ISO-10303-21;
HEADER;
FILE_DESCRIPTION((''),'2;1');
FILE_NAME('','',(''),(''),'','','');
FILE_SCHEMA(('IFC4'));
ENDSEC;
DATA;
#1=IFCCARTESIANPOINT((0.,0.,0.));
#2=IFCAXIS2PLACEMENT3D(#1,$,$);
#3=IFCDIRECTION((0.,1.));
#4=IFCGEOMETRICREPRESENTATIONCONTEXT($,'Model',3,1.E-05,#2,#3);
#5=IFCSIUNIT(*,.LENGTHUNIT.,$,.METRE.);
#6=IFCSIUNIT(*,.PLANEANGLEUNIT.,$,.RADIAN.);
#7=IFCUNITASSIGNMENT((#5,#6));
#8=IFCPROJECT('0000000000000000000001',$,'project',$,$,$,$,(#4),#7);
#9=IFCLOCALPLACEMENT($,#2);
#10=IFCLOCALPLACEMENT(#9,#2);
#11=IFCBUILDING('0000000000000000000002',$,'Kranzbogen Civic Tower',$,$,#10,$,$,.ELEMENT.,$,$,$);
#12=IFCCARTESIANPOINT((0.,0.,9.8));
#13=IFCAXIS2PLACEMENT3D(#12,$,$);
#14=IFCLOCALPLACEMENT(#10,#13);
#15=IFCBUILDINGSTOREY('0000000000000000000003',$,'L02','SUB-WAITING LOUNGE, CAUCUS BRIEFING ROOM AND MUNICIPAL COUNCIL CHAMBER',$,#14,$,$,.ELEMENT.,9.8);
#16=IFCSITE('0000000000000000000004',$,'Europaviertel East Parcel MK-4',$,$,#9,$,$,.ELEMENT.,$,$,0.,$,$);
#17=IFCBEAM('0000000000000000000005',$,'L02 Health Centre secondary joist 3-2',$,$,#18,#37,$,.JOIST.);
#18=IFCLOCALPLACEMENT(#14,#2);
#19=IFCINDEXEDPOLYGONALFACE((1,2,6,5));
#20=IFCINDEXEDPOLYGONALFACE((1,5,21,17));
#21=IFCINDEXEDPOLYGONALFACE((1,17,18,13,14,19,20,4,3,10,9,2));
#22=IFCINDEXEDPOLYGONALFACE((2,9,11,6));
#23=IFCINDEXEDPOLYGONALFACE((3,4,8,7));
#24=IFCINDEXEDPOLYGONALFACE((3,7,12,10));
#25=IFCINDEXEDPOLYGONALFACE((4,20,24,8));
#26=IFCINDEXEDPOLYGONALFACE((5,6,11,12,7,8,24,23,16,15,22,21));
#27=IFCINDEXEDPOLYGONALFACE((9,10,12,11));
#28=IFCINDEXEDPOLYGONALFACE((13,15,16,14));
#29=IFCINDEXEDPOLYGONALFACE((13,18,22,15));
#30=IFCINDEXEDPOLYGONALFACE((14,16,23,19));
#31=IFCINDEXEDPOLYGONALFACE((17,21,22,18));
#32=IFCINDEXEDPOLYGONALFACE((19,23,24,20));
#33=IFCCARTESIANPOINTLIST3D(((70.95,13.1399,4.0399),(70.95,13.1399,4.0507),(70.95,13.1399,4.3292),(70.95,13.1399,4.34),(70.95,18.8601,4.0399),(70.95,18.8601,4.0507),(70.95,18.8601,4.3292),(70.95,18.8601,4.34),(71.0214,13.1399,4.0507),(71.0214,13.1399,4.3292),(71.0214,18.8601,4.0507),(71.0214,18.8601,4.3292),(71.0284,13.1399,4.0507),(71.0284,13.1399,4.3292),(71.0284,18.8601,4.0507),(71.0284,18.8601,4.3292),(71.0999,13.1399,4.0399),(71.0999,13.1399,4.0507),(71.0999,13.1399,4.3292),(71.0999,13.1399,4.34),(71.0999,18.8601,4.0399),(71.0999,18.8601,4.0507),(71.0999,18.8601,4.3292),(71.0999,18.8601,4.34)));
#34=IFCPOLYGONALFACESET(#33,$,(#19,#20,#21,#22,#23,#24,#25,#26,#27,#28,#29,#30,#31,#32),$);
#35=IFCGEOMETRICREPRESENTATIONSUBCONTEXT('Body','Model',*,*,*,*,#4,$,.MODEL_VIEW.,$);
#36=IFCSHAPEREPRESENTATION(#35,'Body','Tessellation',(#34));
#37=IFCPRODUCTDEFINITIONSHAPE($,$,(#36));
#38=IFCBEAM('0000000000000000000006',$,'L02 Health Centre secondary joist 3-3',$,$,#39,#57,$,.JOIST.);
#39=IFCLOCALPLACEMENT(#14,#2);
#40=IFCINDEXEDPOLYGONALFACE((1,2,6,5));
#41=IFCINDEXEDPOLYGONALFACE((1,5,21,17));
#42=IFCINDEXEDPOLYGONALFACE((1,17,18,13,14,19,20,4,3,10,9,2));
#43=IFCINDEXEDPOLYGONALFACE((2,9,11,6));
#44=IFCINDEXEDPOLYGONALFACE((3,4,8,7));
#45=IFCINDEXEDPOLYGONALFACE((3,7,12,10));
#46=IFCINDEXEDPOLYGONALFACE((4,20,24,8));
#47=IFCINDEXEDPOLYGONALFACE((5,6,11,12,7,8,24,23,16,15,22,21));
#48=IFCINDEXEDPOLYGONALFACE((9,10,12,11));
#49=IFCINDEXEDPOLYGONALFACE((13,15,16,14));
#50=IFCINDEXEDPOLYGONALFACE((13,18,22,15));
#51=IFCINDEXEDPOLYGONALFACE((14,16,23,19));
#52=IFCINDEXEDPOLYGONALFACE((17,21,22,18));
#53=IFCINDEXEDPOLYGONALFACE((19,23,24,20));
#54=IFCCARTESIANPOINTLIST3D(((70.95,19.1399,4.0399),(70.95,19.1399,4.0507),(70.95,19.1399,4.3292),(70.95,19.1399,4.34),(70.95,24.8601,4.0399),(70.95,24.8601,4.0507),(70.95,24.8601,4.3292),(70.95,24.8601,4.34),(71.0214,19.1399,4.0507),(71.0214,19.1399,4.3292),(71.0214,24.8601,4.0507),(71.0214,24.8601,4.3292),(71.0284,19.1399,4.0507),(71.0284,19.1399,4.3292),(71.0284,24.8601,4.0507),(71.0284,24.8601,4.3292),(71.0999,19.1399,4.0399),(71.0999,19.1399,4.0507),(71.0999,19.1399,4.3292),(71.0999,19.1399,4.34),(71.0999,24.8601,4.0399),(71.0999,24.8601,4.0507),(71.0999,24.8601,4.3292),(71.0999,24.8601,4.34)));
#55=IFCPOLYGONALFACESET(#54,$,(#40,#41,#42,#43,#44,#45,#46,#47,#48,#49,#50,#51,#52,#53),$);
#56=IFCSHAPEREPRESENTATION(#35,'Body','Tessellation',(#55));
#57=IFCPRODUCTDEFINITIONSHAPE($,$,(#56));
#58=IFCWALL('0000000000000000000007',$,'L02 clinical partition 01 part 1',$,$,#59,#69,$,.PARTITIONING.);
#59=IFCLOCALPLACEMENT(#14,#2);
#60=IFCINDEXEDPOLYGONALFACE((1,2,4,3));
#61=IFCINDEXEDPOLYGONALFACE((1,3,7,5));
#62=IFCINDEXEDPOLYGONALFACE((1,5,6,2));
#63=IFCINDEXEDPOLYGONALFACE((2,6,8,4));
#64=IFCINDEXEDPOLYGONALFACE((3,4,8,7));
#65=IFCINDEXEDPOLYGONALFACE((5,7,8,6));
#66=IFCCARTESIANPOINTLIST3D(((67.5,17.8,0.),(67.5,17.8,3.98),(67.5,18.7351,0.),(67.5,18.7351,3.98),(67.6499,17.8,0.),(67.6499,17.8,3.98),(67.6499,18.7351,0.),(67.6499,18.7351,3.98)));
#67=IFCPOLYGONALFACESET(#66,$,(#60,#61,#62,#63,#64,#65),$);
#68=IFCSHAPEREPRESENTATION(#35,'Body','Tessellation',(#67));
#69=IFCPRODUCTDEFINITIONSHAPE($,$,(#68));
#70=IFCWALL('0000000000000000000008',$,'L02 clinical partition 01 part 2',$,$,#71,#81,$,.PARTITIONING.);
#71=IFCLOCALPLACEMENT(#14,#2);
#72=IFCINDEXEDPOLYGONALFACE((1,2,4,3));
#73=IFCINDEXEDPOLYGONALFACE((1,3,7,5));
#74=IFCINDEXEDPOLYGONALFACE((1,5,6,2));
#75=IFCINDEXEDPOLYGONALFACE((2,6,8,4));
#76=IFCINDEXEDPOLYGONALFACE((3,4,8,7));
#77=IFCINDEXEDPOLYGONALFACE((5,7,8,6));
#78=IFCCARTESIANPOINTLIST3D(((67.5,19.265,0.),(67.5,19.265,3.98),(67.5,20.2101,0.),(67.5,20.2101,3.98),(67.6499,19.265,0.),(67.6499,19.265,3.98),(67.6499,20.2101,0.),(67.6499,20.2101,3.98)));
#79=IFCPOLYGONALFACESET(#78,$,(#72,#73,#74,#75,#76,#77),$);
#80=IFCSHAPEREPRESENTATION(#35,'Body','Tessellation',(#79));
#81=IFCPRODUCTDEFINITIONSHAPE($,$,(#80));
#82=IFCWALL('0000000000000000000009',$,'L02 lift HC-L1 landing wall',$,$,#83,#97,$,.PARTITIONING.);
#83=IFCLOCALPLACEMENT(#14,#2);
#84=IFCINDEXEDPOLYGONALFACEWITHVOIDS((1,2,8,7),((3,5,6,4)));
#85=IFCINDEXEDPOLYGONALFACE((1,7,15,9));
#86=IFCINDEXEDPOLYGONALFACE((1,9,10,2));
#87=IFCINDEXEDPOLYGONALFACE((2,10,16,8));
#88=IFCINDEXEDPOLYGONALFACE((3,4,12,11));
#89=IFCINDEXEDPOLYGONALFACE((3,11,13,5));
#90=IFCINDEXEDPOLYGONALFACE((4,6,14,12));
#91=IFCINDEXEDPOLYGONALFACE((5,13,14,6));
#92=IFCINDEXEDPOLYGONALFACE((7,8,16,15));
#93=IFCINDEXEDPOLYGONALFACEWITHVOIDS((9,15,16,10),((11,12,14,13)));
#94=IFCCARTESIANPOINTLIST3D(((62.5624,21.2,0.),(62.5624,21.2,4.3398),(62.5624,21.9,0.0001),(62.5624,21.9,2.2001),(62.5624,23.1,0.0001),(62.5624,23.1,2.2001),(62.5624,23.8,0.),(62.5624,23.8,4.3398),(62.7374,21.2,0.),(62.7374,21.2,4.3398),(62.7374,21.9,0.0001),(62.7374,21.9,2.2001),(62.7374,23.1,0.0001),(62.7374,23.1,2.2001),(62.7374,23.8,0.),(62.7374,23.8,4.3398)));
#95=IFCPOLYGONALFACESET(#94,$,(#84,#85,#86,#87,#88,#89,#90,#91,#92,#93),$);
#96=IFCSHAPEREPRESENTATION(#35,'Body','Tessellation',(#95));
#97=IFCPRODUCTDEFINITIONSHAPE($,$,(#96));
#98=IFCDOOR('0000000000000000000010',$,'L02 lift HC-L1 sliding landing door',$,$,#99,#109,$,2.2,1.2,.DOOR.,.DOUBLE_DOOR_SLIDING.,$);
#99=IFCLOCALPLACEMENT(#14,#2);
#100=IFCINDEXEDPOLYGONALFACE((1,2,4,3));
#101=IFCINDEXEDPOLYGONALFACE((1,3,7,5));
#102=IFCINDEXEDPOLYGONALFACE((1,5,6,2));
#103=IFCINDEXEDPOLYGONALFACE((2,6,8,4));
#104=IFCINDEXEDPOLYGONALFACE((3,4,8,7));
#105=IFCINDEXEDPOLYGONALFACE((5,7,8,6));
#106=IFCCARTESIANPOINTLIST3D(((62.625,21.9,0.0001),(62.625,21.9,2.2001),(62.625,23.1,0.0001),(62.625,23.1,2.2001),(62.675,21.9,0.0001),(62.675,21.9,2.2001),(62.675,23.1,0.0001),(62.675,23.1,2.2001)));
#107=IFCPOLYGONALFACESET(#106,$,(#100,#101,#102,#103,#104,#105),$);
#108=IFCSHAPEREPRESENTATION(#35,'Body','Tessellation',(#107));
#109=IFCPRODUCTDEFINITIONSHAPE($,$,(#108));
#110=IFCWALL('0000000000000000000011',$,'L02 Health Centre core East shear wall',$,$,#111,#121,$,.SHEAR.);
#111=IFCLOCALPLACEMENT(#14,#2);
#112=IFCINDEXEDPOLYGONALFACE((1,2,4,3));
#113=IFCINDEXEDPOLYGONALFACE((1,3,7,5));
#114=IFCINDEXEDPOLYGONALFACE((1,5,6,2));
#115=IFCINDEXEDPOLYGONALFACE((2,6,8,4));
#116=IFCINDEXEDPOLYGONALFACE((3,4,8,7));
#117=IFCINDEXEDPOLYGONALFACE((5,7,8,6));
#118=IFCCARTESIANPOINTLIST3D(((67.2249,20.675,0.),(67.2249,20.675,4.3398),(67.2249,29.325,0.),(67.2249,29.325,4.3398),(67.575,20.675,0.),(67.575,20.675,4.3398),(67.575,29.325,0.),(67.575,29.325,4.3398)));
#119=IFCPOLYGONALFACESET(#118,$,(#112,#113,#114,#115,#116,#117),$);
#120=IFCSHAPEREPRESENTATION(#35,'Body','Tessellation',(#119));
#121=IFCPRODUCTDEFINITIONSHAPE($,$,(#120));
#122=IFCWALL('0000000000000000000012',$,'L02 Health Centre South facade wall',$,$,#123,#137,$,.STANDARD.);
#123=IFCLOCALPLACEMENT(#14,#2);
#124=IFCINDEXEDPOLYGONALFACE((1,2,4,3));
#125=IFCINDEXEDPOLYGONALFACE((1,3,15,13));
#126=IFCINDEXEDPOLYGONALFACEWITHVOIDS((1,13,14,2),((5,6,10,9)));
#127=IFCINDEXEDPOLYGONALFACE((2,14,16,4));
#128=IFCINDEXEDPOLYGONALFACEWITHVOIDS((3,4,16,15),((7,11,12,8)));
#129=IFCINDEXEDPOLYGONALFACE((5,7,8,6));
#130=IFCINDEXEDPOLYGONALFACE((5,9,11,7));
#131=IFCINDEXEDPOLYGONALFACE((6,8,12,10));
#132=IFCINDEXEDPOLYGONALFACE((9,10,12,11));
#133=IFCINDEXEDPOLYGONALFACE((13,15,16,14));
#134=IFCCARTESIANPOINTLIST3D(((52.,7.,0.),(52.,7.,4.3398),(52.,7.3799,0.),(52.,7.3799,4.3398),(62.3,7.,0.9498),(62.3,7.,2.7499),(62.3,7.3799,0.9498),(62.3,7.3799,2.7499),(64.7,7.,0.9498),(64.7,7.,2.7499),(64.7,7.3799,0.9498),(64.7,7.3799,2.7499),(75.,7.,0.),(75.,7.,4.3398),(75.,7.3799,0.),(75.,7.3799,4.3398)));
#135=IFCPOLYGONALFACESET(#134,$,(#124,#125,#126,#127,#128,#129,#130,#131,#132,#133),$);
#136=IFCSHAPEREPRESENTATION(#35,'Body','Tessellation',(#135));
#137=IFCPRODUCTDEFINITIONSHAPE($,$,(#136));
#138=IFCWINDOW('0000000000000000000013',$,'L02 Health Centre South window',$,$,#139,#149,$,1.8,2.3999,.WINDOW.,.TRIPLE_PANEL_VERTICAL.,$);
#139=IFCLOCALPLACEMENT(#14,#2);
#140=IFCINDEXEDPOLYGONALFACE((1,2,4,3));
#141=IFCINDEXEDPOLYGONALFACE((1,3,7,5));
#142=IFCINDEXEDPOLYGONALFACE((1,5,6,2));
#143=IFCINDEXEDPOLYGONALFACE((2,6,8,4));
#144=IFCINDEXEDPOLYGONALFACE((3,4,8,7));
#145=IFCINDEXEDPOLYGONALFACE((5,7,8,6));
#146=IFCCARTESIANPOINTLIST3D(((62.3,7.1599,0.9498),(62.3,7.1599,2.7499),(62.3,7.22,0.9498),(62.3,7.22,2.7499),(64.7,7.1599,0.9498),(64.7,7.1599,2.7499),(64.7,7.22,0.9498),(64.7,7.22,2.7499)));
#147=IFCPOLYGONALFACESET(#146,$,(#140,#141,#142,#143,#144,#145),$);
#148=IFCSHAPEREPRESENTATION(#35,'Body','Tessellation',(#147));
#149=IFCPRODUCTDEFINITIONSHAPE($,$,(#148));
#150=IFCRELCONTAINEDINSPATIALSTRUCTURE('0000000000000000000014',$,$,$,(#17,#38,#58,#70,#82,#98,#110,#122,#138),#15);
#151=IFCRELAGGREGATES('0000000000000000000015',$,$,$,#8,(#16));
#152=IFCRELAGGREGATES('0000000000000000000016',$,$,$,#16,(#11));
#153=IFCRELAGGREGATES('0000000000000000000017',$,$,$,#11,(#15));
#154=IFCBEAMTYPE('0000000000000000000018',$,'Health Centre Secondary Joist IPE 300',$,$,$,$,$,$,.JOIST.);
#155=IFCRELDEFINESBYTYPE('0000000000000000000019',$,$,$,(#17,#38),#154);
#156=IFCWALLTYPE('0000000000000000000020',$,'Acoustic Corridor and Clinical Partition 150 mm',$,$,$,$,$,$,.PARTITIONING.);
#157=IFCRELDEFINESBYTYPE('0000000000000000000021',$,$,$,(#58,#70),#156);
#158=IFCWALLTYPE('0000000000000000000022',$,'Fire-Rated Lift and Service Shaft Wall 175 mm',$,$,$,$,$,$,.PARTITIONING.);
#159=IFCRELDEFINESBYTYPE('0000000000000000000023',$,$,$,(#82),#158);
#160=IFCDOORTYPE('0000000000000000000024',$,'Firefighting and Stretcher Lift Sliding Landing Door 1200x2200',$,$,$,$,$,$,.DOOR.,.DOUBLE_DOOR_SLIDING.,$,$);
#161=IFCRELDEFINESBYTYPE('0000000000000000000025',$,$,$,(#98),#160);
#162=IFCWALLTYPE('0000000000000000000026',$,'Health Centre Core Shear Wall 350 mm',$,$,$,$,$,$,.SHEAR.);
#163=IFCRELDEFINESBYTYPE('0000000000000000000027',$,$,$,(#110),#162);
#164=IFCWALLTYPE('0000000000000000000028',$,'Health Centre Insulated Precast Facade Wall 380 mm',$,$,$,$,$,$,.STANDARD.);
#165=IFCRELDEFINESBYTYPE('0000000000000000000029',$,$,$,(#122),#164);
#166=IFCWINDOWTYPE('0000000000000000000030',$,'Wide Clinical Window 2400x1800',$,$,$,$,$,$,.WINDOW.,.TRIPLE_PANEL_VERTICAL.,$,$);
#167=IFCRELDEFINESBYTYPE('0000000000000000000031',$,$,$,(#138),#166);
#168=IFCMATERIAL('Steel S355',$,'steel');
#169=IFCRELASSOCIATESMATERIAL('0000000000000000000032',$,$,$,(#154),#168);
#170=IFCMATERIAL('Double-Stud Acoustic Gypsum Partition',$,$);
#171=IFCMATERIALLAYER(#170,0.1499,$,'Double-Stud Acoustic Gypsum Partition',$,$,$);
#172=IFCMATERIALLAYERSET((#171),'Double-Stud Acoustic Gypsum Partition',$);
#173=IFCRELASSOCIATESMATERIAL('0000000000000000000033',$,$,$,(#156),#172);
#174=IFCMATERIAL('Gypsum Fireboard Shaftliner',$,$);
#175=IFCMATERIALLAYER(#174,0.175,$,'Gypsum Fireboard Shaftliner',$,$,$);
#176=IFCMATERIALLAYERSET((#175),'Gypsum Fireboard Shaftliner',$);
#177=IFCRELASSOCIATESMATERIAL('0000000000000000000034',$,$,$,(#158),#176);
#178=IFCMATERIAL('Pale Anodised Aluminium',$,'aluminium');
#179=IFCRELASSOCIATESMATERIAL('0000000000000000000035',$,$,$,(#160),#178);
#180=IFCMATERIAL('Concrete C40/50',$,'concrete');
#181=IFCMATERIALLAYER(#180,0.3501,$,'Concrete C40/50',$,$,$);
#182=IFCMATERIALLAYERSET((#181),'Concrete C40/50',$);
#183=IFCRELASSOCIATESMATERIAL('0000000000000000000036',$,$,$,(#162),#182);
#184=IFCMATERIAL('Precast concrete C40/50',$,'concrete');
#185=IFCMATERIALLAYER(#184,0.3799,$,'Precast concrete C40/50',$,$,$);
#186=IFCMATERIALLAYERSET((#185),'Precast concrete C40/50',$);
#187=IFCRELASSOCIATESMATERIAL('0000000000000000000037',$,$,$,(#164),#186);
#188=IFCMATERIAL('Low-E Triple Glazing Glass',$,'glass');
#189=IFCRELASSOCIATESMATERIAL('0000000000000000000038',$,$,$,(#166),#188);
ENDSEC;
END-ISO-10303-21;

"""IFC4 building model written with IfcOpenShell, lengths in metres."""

from ifc_helpers import new_model, si_unit, direction, frame, frame_2d, origin, origin_2d, place, context, subcontext, project, spatial, rectangle, i_section, extrude, material, layer, layer_set, material_profile, profile_set, type_object, element, fill, save


model = new_model("IFC4")

# Units and contexts
model_context = context("Model", 3, precision=1e-05, world=origin(), true_north=direction((0.0, 1.0)))
body_context = subcontext(model_context, "Body", "Model", "MODEL_VIEW")
ifc_project = project(units=[si_unit("LENGTHUNIT", "METRE"), si_unit("PLANEANGLEUNIT", "RADIAN")], contexts=[model_context])

# Site, building, storey
site_placement = place(None, origin())
site = spatial("IfcSite", under=ifc_project, at=site_placement, Name="Europaviertel East Parcel MK-4", CompositionType="ELEMENT", RefElevation=0.0)
building_placement = place(site_placement, origin())
building = spatial("IfcBuilding", under=site, at=building_placement, Name="Kranzbogen Civic Tower", CompositionType="ELEMENT")
storey_placement = place(building_placement, frame((0.0, 0.0, 9.8)))
storey = spatial("IfcBuildingStorey", under=building, at=storey_placement, Name="L02", Description="SUB-WAITING LOUNGE, CAUCUS BRIEFING ROOM AND MUNICIPAL COUNCIL CHAMBER", CompositionType="ELEMENT", Elevation=9.8)

# Shared definitions
ifc_material_1 = material(Name="Steel S355", Category="steel")
ifc_material_2 = material(Name="Concrete C40/50", Category="concrete")

# Beams
ifc_material_profile_1 = material_profile(ifc_material_1, i_section(OverallWidth=0.1499, OverallDepth=0.3, WebThickness=0.0071, FlangeThickness=0.0107, at=origin_2d()), Name="IPE 300")
ifc_profile_set_1 = profile_set([ifc_material_profile_1], Name="Steel S355")
beam_type_1 = type_object("IfcBeamType", Name="Health Centre Secondary Joist IPE 300", PredefinedType="JOIST", material=ifc_profile_set_1)
for number, where, z_axis, x_axis, name in (
    (1, (71.0249, 13.1399, 4.1899), (0.0, 1.0, 0.0), (-1.0, 0.0, 0.0), "L02 Health Centre secondary joist 3-2"),
    (2, (71.0249, 19.1399, 4.1899), (0.0, 1.0, 0.0), (-1.0, 0.0, 0.0), "L02 Health Centre secondary joist 3-3"),
):
    element("IfcBeam", number, at=place(storey_placement, frame(where, z_axis=z_axis, x_axis=x_axis)), inside=storey, type_object=beam_type_1, Name=name, PredefinedType="JOIST", context=body_context, shape_type="SweptSolid", body=[
        extrude(i_section(OverallWidth=0.1499, OverallDepth=0.3, WebThickness=0.0071, FlangeThickness=0.0107, at=origin_2d()), origin(), (0.0, 0.0, 1.0), 5.7202),
    ])

# Walls
ifc_material_3 = material(Name="Double-Stud Acoustic Gypsum Partition")
ifc_layer_1 = layer(ifc_material_3, 0.1499, Name="Double-Stud Acoustic Gypsum Partition")
ifc_layer_set_1 = layer_set([ifc_layer_1], Name="Double-Stud Acoustic Gypsum Partition")
wall_type_1 = type_object("IfcWallType", Name="Acoustic Corridor and Clinical Partition 150 mm", PredefinedType="PARTITIONING", material=ifc_layer_set_1)
wall_1_placement = place(storey_placement, frame((67.575, 17.8, 0.0), z_axis=(0.0, 0.0, 1.0), x_axis=(0.0, 1.0, 0.0)))
element("IfcWall", 3, at=wall_1_placement, inside=storey, type_object=wall_type_1, Name="L02 clinical partition 01 part 1", PredefinedType="PARTITIONING", context=body_context, shape_type="SweptSolid", body=[
    extrude(rectangle(XDim=0.9351, YDim=0.1499, at=frame_2d((0.4675, 0.0))), origin(), (0.0, 0.0, 1.0), 3.98),
])
wall_2_placement = place(storey_placement, frame((67.575, 19.2649, 0.0), z_axis=(0.0, 0.0, 1.0), x_axis=(0.0, 1.0, 0.0)))
element("IfcWall", 4, at=wall_2_placement, inside=storey, type_object=wall_type_1, Name="L02 clinical partition 01 part 2", PredefinedType="PARTITIONING", context=body_context, shape_type="SweptSolid", body=[
    extrude(rectangle(XDim=0.9451, YDim=0.1499, at=frame_2d((0.4727, 0.0))), origin(), (0.0, 0.0, 1.0), 3.98),
])

# Wall, opening, door
ifc_material_4 = material(Name="Gypsum Fireboard Shaftliner")
ifc_layer_2 = layer(ifc_material_4, 0.175, Name="Gypsum Fireboard Shaftliner")
ifc_layer_set_2 = layer_set([ifc_layer_2], Name="Gypsum Fireboard Shaftliner")
wall_type_2 = type_object("IfcWallType", Name="Fire-Rated Lift and Service Shaft Wall 175 mm", PredefinedType="PARTITIONING", material=ifc_layer_set_2)
wall_3_placement = place(storey_placement, frame((62.6499, 21.2, 0.0), z_axis=(0.0, 0.0, 1.0), x_axis=(0.0, 1.0, 0.0)))
wall_3 = element("IfcWall", 5, at=wall_3_placement, inside=storey, type_object=wall_type_2, Name="L02 lift HC-L1 landing wall", PredefinedType="PARTITIONING", context=body_context, shape_type="SweptSolid", body=[
    extrude(rectangle(XDim=2.6001, YDim=0.175, at=frame_2d((1.3, 0.0))), origin(), (0.0, 0.0, 1.0), 4.3398),
])
opening_1_placement = place(wall_3_placement, frame((0.7, 0.0, 0.0)))
opening_1 = element("IfcOpeningElement", 6, at=opening_1_placement, cuts=wall_3, PredefinedType="OPENING", context=body_context, shape_type="SweptSolid", body=[
    extrude(rectangle(XDim=1.2, YDim=2.2, at=frame_2d((0.6001, 1.1001))), frame((0.0, 0.0977, 0.0), z_axis=(0.0, -1.0, 0.0), x_axis=(1.0, 0.0, 0.0)), (0.0, 0.0, 1.0), 0.1951),
])
ifc_material_5 = material(Name="Pale Anodised Aluminium", Category="aluminium")
door_type = type_object("IfcDoorType", Name="Firefighting and Stretcher Lift Sliding Landing Door 1200x2200", OperationType="DOUBLE_DOOR_SLIDING", PredefinedType="DOOR", material=ifc_material_5)
door_placement = place(opening_1_placement, origin())
door = element("IfcDoor", 7, at=door_placement, inside=storey, type_object=door_type, Name="L02 lift HC-L1 sliding landing door", OperationType="DOUBLE_DOOR_SLIDING", OverallHeight=2.2, OverallWidth=1.2, PredefinedType="DOOR", context=body_context, shape_type="SweptSolid", body=[
    extrude(rectangle(XDim=1.2, YDim=2.2, at=frame_2d((0.6001, 1.1001))), frame((0.0, 0.0249, 0.0), z_axis=(0.0, -1.0, 0.0), x_axis=(1.0, 0.0, 0.0)), (0.0, 0.0, 1.0), 0.05),
])
fill(opening_1, door)

# Wall
ifc_layer_3 = layer(ifc_material_2, 0.3501, Name="Concrete C40/50")
ifc_layer_set_3 = layer_set([ifc_layer_3], Name="Concrete C40/50")
wall_type_3 = type_object("IfcWallType", Name="Health Centre Core Shear Wall 350 mm", PredefinedType="SHEAR", material=ifc_layer_set_3)
wall_4_placement = place(storey_placement, frame((67.3999, 20.675, 0.0), z_axis=(0.0, 0.0, 1.0), x_axis=(0.0, 1.0, 0.0)))
element("IfcWall", 8, at=wall_4_placement, inside=storey, type_object=wall_type_3, Name="L02 Health Centre core East shear wall", PredefinedType="SHEAR", context=body_context, shape_type="SweptSolid", body=[
    extrude(rectangle(XDim=8.6499, YDim=0.3501, at=frame_2d((4.325, 0.0))), origin(), (0.0, 0.0, 1.0), 4.3398),
])

# Wall, opening, window
ifc_material_6 = material(Name="Precast concrete C40/50", Category="concrete")
ifc_layer_4 = layer(ifc_material_6, 0.3799, Name="Precast concrete C40/50")
ifc_layer_set_4 = layer_set([ifc_layer_4], Name="Precast concrete C40/50")
wall_type_4 = type_object("IfcWallType", Name="Health Centre Insulated Precast Facade Wall 380 mm", PredefinedType="STANDARD", material=ifc_layer_set_4)
wall_5_placement = place(storey_placement, frame((75.0, 7.1899, 0.0), z_axis=(0.0, 0.0, 1.0), x_axis=(-1.0, 0.0, 0.0)))
wall_5 = element("IfcWall", 9, at=wall_5_placement, inside=storey, type_object=wall_type_4, Name="L02 Health Centre South facade wall", PredefinedType="STANDARD", context=body_context, shape_type="SweptSolid", body=[
    extrude(rectangle(XDim=23.0, YDim=0.3799, at=frame_2d((11.5, 0.0))), origin(), (0.0, 0.0, 1.0), 4.3398),
])
opening_2_placement = place(wall_5_placement, frame((10.3, 0.0, 0.95)))
opening_2 = element("IfcOpeningElement", 10, at=opening_2_placement, cuts=wall_5, PredefinedType="OPENING", context=body_context, shape_type="SweptSolid", body=[
    extrude(rectangle(XDim=2.3999, YDim=1.8, at=frame_2d((1.2, 0.8999))), frame((0.0, 0.2, 0.0), z_axis=(0.0, -1.0, 0.0), x_axis=(1.0, 0.0, 0.0)), (0.0, 0.0, 1.0), 0.3999),
])
ifc_material_7 = material(Name="Low-E Triple Glazing Glass", Category="glass")
window_type = type_object("IfcWindowType", Name="Wide Clinical Window 2400x1800", PartitioningType="TRIPLE_PANEL_VERTICAL", PredefinedType="WINDOW", material=ifc_material_7)
window_placement = place(opening_2_placement, origin())
window = element("IfcWindow", 11, at=window_placement, inside=storey, type_object=window_type, Name="L02 Health Centre South window", OverallHeight=1.8, OverallWidth=2.3999, PartitioningType="TRIPLE_PANEL_VERTICAL", PredefinedType="WINDOW", context=body_context, shape_type="SweptSolid", body=[
    extrude(rectangle(XDim=2.3999, YDim=1.8, at=frame_2d((1.2, 0.8999))), frame((0.0, 0.03, 0.0), z_axis=(0.0, -1.0, 0.0), x_axis=(1.0, 0.0, 0.0)), (0.0, 0.0, 1.0), 0.0601),
])
fill(opening_2, window)

save(model, "model.ifc")
